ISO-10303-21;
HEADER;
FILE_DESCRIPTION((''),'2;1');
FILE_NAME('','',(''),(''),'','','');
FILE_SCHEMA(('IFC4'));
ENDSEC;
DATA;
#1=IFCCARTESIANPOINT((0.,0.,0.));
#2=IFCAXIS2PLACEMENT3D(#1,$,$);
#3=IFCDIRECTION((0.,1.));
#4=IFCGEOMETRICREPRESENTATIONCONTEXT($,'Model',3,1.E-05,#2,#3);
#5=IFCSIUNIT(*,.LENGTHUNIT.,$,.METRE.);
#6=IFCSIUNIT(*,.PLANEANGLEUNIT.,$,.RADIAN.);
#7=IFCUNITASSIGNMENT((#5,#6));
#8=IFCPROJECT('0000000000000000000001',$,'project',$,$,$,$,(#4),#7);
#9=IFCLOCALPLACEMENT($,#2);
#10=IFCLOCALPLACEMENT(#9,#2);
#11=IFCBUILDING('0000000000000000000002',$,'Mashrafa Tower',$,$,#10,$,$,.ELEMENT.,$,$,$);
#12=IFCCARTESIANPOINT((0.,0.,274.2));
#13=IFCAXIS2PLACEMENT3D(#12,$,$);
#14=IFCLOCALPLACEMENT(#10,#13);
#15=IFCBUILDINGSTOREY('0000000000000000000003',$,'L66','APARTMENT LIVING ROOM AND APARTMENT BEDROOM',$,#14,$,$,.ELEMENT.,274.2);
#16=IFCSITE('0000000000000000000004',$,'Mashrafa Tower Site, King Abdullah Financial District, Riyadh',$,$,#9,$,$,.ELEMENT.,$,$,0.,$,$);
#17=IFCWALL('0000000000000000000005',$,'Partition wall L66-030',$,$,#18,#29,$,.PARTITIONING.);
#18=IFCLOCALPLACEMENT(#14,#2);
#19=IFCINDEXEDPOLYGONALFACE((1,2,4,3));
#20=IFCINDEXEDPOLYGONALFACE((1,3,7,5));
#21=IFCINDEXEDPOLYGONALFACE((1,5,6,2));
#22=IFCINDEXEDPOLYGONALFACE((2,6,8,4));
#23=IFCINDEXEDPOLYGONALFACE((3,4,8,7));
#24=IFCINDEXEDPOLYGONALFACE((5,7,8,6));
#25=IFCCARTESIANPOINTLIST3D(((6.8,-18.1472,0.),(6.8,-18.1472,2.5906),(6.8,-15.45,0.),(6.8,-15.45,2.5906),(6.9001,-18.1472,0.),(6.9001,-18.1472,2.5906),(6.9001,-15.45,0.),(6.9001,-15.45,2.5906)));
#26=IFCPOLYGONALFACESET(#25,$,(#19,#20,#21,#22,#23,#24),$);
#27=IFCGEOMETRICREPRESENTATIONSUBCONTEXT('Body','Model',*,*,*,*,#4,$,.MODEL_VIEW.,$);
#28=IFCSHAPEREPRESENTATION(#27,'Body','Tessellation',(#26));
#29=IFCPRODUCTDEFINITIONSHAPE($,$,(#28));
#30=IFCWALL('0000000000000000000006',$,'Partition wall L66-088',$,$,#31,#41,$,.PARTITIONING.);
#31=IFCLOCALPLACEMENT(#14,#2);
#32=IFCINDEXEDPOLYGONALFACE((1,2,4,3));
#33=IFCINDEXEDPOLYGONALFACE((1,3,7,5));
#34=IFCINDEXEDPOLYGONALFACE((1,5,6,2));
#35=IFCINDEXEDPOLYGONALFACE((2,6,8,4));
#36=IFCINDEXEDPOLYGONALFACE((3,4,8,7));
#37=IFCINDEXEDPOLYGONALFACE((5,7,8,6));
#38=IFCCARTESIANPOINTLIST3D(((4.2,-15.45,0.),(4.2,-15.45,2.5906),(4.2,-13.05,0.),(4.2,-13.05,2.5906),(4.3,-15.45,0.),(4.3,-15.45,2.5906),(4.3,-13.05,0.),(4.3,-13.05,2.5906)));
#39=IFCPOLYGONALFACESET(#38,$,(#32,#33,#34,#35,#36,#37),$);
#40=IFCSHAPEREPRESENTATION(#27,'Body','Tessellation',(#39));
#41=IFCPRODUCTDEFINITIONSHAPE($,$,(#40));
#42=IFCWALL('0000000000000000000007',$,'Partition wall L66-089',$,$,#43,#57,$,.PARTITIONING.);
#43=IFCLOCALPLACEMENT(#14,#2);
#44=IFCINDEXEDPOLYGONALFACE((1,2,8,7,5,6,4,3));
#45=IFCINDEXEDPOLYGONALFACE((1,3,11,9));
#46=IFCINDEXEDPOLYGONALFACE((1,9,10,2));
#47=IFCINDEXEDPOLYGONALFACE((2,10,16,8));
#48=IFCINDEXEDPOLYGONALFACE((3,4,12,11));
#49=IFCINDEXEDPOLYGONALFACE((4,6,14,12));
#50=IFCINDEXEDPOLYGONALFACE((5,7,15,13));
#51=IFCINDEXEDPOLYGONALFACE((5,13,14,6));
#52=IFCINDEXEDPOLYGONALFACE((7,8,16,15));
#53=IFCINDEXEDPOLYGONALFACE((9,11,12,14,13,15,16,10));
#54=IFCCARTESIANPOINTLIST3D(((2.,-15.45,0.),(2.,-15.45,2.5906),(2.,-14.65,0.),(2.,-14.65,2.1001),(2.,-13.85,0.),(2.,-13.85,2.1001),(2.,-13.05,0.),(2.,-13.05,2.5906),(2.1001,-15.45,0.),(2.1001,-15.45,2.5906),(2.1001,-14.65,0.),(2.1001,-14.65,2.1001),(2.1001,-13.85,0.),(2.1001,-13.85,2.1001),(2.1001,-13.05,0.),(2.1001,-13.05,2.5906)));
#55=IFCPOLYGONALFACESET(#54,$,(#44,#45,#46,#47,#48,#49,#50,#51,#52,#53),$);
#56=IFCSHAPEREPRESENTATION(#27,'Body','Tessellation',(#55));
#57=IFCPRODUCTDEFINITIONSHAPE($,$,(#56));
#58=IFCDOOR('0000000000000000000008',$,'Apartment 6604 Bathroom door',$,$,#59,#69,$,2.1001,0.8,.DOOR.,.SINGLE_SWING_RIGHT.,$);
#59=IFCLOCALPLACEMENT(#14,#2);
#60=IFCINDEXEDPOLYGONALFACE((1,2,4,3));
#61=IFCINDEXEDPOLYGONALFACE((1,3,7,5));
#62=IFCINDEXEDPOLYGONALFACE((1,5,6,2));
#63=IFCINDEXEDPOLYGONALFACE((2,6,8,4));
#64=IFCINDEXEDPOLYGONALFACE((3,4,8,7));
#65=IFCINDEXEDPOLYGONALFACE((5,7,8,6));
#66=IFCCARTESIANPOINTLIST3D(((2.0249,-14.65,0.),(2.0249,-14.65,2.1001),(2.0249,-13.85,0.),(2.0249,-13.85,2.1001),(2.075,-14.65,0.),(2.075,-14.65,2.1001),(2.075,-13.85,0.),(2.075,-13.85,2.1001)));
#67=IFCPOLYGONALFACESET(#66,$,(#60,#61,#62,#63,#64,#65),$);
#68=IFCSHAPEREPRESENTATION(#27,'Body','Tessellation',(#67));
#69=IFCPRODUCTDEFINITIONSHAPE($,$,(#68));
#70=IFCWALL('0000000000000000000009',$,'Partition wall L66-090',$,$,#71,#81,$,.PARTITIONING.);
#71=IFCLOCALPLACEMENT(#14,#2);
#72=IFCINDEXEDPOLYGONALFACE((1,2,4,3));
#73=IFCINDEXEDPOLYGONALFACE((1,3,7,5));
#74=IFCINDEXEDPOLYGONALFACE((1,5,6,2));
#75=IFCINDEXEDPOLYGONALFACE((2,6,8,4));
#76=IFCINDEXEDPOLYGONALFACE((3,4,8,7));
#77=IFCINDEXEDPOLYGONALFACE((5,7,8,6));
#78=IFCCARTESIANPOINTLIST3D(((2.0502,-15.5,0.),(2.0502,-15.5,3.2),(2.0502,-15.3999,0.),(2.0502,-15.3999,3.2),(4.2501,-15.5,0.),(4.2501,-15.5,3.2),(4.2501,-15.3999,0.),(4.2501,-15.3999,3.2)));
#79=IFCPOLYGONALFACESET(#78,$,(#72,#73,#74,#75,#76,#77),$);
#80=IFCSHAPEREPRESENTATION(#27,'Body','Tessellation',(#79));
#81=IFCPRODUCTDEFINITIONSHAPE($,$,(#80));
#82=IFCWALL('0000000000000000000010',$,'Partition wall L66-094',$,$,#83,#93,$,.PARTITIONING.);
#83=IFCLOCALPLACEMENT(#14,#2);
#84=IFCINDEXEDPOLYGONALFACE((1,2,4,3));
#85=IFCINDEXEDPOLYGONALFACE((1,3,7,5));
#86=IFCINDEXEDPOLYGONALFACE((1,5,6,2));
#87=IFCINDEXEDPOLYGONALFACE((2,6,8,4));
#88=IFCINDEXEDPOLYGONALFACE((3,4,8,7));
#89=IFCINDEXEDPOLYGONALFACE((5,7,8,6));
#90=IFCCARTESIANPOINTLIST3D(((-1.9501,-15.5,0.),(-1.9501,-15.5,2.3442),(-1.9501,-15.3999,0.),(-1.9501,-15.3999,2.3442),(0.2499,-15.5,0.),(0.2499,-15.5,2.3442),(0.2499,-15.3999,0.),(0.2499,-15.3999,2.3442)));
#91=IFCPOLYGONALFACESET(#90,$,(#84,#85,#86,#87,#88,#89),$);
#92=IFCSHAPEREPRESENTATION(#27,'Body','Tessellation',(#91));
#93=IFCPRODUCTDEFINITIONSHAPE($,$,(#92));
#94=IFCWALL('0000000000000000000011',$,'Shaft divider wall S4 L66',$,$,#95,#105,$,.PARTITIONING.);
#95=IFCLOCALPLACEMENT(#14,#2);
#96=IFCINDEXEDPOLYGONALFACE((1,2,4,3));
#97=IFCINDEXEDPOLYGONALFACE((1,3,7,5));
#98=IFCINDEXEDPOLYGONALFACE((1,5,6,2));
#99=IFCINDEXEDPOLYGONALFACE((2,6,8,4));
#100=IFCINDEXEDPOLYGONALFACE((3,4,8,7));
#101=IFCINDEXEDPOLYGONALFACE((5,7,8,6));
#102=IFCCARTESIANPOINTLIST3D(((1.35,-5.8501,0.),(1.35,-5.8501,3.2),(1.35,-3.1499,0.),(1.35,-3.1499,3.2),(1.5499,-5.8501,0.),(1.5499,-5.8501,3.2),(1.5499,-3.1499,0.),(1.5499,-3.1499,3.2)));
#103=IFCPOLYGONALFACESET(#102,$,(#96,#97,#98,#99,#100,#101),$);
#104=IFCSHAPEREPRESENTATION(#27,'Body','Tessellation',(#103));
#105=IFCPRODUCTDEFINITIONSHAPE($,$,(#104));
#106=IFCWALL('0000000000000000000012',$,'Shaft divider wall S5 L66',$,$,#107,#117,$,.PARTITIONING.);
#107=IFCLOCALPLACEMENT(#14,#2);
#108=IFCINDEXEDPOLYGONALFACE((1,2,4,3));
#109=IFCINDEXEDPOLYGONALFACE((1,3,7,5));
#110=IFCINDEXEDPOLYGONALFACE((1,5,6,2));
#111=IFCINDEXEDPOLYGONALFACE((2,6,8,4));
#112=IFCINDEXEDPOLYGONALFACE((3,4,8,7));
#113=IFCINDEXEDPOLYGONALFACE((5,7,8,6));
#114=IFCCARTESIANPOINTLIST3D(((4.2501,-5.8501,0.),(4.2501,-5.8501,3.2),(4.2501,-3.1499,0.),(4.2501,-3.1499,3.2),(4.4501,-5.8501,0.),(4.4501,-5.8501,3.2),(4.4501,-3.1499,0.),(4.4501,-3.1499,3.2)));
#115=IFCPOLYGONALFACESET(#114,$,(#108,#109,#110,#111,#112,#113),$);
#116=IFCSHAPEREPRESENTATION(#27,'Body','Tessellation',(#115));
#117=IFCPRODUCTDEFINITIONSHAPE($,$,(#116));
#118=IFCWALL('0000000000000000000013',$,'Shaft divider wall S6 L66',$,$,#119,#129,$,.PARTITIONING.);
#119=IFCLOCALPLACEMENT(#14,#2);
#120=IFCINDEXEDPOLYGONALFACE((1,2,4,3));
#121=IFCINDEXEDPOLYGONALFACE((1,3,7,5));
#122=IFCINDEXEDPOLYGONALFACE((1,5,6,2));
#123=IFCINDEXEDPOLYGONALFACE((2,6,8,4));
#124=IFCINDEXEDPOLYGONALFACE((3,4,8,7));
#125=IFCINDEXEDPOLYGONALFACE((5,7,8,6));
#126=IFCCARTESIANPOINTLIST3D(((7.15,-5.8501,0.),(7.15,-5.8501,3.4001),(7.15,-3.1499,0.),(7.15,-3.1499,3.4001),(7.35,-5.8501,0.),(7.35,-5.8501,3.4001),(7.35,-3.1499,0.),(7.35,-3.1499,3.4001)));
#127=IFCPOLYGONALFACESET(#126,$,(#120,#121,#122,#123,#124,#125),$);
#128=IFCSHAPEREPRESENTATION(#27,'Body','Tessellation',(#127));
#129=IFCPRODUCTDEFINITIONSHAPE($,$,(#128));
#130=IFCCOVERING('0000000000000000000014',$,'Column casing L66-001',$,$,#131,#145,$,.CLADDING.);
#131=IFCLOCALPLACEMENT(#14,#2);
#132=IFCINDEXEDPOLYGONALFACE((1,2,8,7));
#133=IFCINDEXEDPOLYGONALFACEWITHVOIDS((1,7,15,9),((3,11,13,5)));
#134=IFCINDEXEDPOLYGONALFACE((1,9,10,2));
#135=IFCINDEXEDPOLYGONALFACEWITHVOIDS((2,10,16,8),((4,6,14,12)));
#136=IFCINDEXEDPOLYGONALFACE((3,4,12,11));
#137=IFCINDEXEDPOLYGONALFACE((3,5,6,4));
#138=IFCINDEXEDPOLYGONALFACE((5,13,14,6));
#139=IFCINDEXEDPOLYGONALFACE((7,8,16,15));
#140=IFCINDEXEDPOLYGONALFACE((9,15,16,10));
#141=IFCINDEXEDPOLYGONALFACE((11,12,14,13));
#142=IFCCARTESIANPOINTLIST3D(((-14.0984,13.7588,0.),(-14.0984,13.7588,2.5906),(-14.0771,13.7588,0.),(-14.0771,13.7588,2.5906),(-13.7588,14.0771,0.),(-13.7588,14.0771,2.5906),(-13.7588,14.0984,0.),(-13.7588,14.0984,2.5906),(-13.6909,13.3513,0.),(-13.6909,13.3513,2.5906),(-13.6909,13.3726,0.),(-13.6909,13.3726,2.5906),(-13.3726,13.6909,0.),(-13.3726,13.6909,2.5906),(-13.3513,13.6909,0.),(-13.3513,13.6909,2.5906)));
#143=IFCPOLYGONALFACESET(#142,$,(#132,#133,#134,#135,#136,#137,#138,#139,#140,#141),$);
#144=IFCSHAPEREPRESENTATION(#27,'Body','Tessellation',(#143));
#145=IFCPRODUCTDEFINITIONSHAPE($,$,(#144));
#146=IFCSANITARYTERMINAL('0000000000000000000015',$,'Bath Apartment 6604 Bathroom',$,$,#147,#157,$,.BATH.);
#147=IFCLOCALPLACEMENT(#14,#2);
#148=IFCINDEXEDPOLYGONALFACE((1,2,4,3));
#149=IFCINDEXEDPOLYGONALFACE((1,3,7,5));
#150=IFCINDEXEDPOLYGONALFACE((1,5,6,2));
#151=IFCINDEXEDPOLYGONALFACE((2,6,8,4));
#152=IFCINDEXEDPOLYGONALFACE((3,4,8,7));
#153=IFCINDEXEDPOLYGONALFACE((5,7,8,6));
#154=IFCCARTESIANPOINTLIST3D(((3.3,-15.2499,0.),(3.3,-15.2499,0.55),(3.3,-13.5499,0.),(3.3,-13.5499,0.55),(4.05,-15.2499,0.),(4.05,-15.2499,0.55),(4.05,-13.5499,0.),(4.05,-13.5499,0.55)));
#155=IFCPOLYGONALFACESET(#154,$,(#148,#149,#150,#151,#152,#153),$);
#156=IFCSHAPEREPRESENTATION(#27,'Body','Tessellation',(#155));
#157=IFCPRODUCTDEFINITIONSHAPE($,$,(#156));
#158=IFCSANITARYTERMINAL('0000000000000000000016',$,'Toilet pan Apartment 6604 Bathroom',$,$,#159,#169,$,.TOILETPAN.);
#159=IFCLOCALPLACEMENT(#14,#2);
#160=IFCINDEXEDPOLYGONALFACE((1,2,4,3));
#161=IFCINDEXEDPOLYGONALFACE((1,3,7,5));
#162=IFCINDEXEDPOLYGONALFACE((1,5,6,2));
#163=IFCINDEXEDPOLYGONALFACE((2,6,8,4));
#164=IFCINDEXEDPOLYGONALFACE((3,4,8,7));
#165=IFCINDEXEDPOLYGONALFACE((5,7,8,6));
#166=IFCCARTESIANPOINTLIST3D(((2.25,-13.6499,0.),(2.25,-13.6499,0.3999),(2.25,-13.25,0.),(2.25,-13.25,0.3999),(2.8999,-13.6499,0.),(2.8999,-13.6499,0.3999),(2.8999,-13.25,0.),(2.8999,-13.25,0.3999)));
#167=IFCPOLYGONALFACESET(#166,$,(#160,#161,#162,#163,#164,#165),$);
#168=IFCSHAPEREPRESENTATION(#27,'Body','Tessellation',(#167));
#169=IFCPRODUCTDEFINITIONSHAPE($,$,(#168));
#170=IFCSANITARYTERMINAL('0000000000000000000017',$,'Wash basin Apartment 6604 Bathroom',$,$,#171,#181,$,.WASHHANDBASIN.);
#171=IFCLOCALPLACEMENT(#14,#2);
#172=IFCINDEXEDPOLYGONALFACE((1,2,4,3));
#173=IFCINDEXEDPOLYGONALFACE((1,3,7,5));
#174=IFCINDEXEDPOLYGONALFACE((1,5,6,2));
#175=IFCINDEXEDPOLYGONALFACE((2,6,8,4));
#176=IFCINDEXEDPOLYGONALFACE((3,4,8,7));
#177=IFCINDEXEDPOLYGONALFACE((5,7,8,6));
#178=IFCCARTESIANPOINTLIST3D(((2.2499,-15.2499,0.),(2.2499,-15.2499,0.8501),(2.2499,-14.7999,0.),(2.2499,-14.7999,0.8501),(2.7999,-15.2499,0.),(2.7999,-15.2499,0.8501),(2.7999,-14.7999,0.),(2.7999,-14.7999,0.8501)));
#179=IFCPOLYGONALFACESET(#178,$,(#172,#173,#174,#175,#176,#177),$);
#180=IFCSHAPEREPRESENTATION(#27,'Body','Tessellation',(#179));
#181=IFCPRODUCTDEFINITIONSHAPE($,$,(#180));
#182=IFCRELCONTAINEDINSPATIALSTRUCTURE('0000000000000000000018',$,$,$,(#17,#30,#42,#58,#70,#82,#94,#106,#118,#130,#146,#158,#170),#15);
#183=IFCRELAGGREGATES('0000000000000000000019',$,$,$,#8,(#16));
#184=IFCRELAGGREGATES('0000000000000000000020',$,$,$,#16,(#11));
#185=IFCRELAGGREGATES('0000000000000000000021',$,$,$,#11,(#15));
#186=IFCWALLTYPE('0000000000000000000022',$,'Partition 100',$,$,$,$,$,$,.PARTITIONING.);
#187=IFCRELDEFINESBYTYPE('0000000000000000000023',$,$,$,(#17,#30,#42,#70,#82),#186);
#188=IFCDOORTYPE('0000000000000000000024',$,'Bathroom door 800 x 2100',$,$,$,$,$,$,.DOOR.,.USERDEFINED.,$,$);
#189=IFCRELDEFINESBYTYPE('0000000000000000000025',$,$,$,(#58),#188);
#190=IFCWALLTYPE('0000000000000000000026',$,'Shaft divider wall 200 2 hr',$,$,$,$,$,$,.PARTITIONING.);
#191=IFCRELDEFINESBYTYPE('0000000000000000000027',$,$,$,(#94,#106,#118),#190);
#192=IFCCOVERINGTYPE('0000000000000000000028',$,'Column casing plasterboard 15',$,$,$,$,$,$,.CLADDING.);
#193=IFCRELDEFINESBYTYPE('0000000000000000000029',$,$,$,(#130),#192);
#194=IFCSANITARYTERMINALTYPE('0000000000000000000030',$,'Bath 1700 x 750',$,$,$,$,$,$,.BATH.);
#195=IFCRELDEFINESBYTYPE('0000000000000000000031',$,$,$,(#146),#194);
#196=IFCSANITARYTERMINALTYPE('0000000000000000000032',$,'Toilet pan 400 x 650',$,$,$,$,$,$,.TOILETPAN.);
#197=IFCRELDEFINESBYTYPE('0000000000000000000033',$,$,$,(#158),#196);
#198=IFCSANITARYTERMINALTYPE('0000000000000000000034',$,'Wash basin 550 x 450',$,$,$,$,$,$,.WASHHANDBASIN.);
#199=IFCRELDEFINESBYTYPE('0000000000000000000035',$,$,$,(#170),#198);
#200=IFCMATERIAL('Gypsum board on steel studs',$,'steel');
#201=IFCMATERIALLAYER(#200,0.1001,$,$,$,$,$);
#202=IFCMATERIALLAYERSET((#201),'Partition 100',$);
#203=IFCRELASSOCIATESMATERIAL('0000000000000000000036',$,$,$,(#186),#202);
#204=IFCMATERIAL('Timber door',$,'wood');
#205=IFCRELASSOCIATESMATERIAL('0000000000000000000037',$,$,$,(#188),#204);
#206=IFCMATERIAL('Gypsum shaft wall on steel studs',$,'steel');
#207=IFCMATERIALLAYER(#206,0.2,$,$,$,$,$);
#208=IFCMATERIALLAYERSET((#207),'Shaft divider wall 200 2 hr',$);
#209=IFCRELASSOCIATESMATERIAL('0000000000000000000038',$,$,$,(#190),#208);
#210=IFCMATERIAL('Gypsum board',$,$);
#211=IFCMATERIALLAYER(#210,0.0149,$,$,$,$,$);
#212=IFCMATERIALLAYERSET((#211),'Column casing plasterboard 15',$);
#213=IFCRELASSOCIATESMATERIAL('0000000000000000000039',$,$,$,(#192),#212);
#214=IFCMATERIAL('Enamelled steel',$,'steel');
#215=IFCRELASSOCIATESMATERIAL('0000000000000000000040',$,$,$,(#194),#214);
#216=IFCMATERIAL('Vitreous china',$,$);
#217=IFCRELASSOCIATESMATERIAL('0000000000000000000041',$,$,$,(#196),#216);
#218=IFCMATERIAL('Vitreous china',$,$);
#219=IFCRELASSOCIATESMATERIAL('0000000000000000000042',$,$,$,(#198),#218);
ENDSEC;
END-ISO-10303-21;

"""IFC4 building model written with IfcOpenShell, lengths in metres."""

from ifc_helpers import new_model, si_unit, direction, frame, frame_2d, origin, origin_2d, place, context, subcontext, project, spatial, polyline, rectangle, outline, extrude, material, layer, layer_set, type_object, element, fill, save


model = new_model("IFC4")

# Units and contexts
model_context = context("Model", 3, precision=1e-05, world=origin(), true_north=direction((0.0, 1.0)))
body_context = subcontext(model_context, "Body", "Model", "MODEL_VIEW")
ifc_project = project(units=[si_unit("LENGTHUNIT", "METRE"), si_unit("PLANEANGLEUNIT", "RADIAN")], contexts=[model_context])

# Site, building, storey
site_placement = place(None, origin())
site = spatial("IfcSite", under=ifc_project, at=site_placement, Name="Mashrafa Tower Site, King Abdullah Financial District, Riyadh", CompositionType="ELEMENT", RefElevation=0.0)
building_placement = place(site_placement, origin())
building = spatial("IfcBuilding", under=site, at=building_placement, Name="Mashrafa Tower", CompositionType="ELEMENT")
storey_placement = place(building_placement, frame((0.0, 0.0, 274.2)))
storey = spatial("IfcBuildingStorey", under=building, at=storey_placement, Name="L66", Description="APARTMENT LIVING ROOM AND APARTMENT BEDROOM", CompositionType="ELEMENT", Elevation=274.2)

# Walls
ifc_material_1 = material(Name="Gypsum board on steel studs", Category="steel")
ifc_layer_1 = layer(ifc_material_1, 0.1001)
ifc_layer_set_1 = layer_set([ifc_layer_1], Name="Partition 100")
wall_type_1 = type_object("IfcWallType", Name="Partition 100", PredefinedType="PARTITIONING", material=ifc_layer_set_1)
wall_1_placement = place(storey_placement, frame((6.8501, -15.45, 0.0), z_axis=(0.0, 0.0, 1.0), x_axis=(0.0, -1.0, 0.0)))
element("IfcWall", 1, at=wall_1_placement, inside=storey, type_object=wall_type_1, Name="Partition wall L66-030", PredefinedType="PARTITIONING", context=body_context, shape_type="SweptSolid", body=[
    extrude(rectangle(XDim=2.6973, YDim=0.1001, at=frame_2d((1.3486, 0.0))), origin(), (0.0, 0.0, 1.0), 2.5906),
])
wall_2_placement = place(storey_placement, frame((4.25, -13.05, 0.0), z_axis=(0.0, 0.0, 1.0), x_axis=(0.0, -1.0, 0.0)))
element("IfcWall", 2, at=wall_2_placement, inside=storey, type_object=wall_type_1, Name="Partition wall L66-088", PredefinedType="PARTITIONING", context=body_context, shape_type="SweptSolid", body=[
    extrude(rectangle(XDim=2.3999, YDim=0.1001, at=frame_2d((1.2, 0.0))), origin(), (0.0, 0.0, 1.0), 2.5906),
])

# Wall, opening, door
wall_3_placement = place(storey_placement, frame((2.05, -13.05, 0.0), z_axis=(0.0, 0.0, 1.0), x_axis=(0.0, -1.0, 0.0)))
wall_3 = element("IfcWall", 3, at=wall_3_placement, inside=storey, type_object=wall_type_1, Name="Partition wall L66-089", PredefinedType="PARTITIONING", context=body_context, shape_type="SweptSolid", body=[
    extrude(rectangle(XDim=2.3999, YDim=0.1001, at=frame_2d((1.2, 0.0))), origin(), (0.0, 0.0, 1.0), 2.5906),
])
opening_1_placement = place(wall_3_placement, frame((0.8, 0.0, 0.0)))
opening_1 = element("IfcOpeningElement", 4, at=opening_1_placement, cuts=wall_3, PredefinedType="OPENING", context=body_context, shape_type="SweptSolid", body=[
    extrude(rectangle(XDim=0.8, YDim=2.1001, at=frame_2d((0.3999, 1.05))), frame((0.0, 0.0601, 0.0), z_axis=(0.0, -1.0, 0.0), x_axis=(1.0, 0.0, 0.0)), (0.0, 0.0, 1.0), 0.1201),
])
ifc_material_2 = material(Name="Timber door", Category="wood")
door_type_1 = type_object("IfcDoorType", Name="Bathroom door 800 x 2100", OperationType="USERDEFINED", PredefinedType="DOOR", material=ifc_material_2)
door_1_placement = place(opening_1_placement, origin())
door_1 = element("IfcDoor", 5, at=door_1_placement, inside=storey, type_object=door_type_1, Name="Apartment 6604 Bathroom door", OperationType="SINGLE_SWING_RIGHT", OverallHeight=2.1001, OverallWidth=0.8, PredefinedType="DOOR", context=body_context, shape_type="SweptSolid", body=[
    extrude(rectangle(XDim=0.8, YDim=2.1001, at=frame_2d((0.3999, 1.05))), frame((0.0, 0.0249, 0.0), z_axis=(0.0, -1.0, 0.0), x_axis=(1.0, 0.0, 0.0)), (0.0, 0.0, 1.0), 0.05),
])
fill(opening_1, door_1)

# Walls
wall_4_placement = place(storey_placement, frame((2.05, -15.45, 0.0), z_axis=(0.0, 0.0, 1.0), x_axis=(1.0, 0.0, 0.0)))
element("IfcWall", 6, at=wall_4_placement, inside=storey, type_object=wall_type_1, Name="Partition wall L66-090", PredefinedType="PARTITIONING", context=body_context, shape_type="SweptSolid", body=[
    extrude(rectangle(XDim=2.2, YDim=0.1001, at=frame_2d((1.1001, 0.0))), origin(), (0.0, 0.0, 1.0), 3.2),
])
wall_5_placement = place(storey_placement, frame((0.25, -15.45, 0.0), z_axis=(0.0, 0.0, 1.0), x_axis=(-1.0, 0.0, 0.0)))
element("IfcWall", 7, at=wall_5_placement, inside=storey, type_object=wall_type_1, Name="Partition wall L66-094", PredefinedType="PARTITIONING", context=body_context, shape_type="SweptSolid", body=[
    extrude(rectangle(XDim=2.2, YDim=0.1001, at=frame_2d((1.1001, 0.0))), origin(), (0.0, 0.0, 1.0), 2.3442),
])
ifc_material_3 = material(Name="Gypsum shaft wall on steel studs", Category="steel")
ifc_layer_2 = layer(ifc_material_3, 0.2)
ifc_layer_set_2 = layer_set([ifc_layer_2], Name="Shaft divider wall 200 2 hr")
wall_type_2 = type_object("IfcWallType", Name="Shaft divider wall 200 2 hr", PredefinedType="PARTITIONING", material=ifc_layer_set_2)
for number, where, z_axis, x_axis, name in (
    (8, (1.45, -5.8501, 0.0), (0.0, 0.0, 1.0), (0.0, 1.0, 0.0), "Shaft divider wall S4 L66"),
    (9, (4.3501, -5.8501, 0.0), (0.0, 0.0, 1.0), (0.0, 1.0, 0.0), "Shaft divider wall S5 L66"),
):
    element("IfcWall", number, at=place(storey_placement, frame(where, z_axis=z_axis, x_axis=x_axis)), inside=storey, type_object=wall_type_2, Name=name, PredefinedType="PARTITIONING", context=body_context, shape_type="SweptSolid", body=[
        extrude(rectangle(XDim=2.7002, YDim=0.2, at=frame_2d((1.3501, 0.0))), origin(), (0.0, 0.0, 1.0), 3.2),
    ])
wall_6_placement = place(storey_placement, frame((7.25, -5.8501, 0.0), z_axis=(0.0, 0.0, 1.0), x_axis=(0.0, 1.0, 0.0)))
element("IfcWall", 10, at=wall_6_placement, inside=storey, type_object=wall_type_2, Name="Shaft divider wall S6 L66", PredefinedType="PARTITIONING", context=body_context, shape_type="SweptSolid", body=[
    extrude(rectangle(XDim=2.7002, YDim=0.2, at=frame_2d((1.3501, 0.0))), origin(), (0.0, 0.0, 1.0), 3.4001),
])

# Covering
ifc_material_4 = material(Name="Gypsum board")
ifc_layer_3 = layer(ifc_material_4, 0.0149)
ifc_layer_set_3 = layer_set([ifc_layer_3], Name="Column casing plasterboard 15")
covering_type = type_object("IfcCoveringType", Name="Column casing plasterboard 15", PredefinedType="CLADDING", material=ifc_layer_set_3)
covering_placement = place(storey_placement, origin())
element("IfcCovering", 11, at=covering_placement, inside=storey, type_object=covering_type, Name="Column casing L66-001", PredefinedType="CLADDING", context=body_context, shape_type="SweptSolid", body=[
    extrude(outline(polyline([(-14.0984, 13.7588), (-13.7588, 14.0984), (-13.3513, 13.6909), (-13.6909, 13.3513), (-14.0984, 13.7588)]), holes=[polyline([(-13.3726, 13.6909), (-13.7588, 14.0771), (-14.0771, 13.7588), (-13.6909, 13.3726), (-13.3726, 13.6909)])]), origin(), (0.0, 0.0, 1.0), 2.5906),
])

# Sanitary terminals
ifc_material_5 = material(Name="Enamelled steel", Category="steel")
sanitary_terminal_type_1 = type_object("IfcSanitaryTerminalType", Name="Bath 1700 x 750", PredefinedType="BATH", material=ifc_material_5)
sanitary_terminal_1_placement = place(storey_placement, frame((3.675, -14.3999, 0.0), z_axis=(0.0, 0.0, 1.0), x_axis=(0.0, 1.0, 0.0)))
element("IfcSanitaryTerminal", 12, at=sanitary_terminal_1_placement, inside=storey, type_object=sanitary_terminal_type_1, Name="Bath Apartment 6604 Bathroom", PredefinedType="BATH", context=body_context, shape_type="SweptSolid", body=[
    extrude(rectangle(XDim=1.7, YDim=0.75, at=origin_2d()), origin(), (0.0, 0.0, 1.0), 0.55),
])
ifc_material_6 = material(Name="Vitreous china")
sanitary_terminal_type_2 = type_object("IfcSanitaryTerminalType", Name="Toilet pan 400 x 650", PredefinedType="TOILETPAN", material=ifc_material_6)
sanitary_terminal_2_placement = place(storey_placement, frame((2.575, -13.45, 0.0), z_axis=(0.0, 0.0, 1.0), x_axis=(0.0, -1.0, 0.0)))
element("IfcSanitaryTerminal", 13, at=sanitary_terminal_2_placement, inside=storey, type_object=sanitary_terminal_type_2, Name="Toilet pan Apartment 6604 Bathroom", PredefinedType="TOILETPAN", context=body_context, shape_type="SweptSolid", body=[
    extrude(rectangle(XDim=0.3999, YDim=0.6499, at=origin_2d()), origin(), (0.0, 0.0, 1.0), 0.3999),
])
ifc_material_7 = material(Name="Vitreous china")
sanitary_terminal_type_3 = type_object("IfcSanitaryTerminalType", Name="Wash basin 550 x 450", PredefinedType="WASHHANDBASIN", material=ifc_material_7)
sanitary_terminal_3_placement = place(storey_placement, frame((2.5249, -15.0249, 0.0), z_axis=(0.0, 0.0, 1.0), x_axis=(1.0, 0.0, 0.0)))
element("IfcSanitaryTerminal", 14, at=sanitary_terminal_3_placement, inside=storey, type_object=sanitary_terminal_type_3, Name="Wash basin Apartment 6604 Bathroom", PredefinedType="WASHHANDBASIN", context=body_context, shape_type="SweptSolid", body=[
    extrude(rectangle(XDim=0.55, YDim=0.45, at=origin_2d()), origin(), (0.0, 0.0, 1.0), 0.8501),
])

save(model, "model.ifc")
